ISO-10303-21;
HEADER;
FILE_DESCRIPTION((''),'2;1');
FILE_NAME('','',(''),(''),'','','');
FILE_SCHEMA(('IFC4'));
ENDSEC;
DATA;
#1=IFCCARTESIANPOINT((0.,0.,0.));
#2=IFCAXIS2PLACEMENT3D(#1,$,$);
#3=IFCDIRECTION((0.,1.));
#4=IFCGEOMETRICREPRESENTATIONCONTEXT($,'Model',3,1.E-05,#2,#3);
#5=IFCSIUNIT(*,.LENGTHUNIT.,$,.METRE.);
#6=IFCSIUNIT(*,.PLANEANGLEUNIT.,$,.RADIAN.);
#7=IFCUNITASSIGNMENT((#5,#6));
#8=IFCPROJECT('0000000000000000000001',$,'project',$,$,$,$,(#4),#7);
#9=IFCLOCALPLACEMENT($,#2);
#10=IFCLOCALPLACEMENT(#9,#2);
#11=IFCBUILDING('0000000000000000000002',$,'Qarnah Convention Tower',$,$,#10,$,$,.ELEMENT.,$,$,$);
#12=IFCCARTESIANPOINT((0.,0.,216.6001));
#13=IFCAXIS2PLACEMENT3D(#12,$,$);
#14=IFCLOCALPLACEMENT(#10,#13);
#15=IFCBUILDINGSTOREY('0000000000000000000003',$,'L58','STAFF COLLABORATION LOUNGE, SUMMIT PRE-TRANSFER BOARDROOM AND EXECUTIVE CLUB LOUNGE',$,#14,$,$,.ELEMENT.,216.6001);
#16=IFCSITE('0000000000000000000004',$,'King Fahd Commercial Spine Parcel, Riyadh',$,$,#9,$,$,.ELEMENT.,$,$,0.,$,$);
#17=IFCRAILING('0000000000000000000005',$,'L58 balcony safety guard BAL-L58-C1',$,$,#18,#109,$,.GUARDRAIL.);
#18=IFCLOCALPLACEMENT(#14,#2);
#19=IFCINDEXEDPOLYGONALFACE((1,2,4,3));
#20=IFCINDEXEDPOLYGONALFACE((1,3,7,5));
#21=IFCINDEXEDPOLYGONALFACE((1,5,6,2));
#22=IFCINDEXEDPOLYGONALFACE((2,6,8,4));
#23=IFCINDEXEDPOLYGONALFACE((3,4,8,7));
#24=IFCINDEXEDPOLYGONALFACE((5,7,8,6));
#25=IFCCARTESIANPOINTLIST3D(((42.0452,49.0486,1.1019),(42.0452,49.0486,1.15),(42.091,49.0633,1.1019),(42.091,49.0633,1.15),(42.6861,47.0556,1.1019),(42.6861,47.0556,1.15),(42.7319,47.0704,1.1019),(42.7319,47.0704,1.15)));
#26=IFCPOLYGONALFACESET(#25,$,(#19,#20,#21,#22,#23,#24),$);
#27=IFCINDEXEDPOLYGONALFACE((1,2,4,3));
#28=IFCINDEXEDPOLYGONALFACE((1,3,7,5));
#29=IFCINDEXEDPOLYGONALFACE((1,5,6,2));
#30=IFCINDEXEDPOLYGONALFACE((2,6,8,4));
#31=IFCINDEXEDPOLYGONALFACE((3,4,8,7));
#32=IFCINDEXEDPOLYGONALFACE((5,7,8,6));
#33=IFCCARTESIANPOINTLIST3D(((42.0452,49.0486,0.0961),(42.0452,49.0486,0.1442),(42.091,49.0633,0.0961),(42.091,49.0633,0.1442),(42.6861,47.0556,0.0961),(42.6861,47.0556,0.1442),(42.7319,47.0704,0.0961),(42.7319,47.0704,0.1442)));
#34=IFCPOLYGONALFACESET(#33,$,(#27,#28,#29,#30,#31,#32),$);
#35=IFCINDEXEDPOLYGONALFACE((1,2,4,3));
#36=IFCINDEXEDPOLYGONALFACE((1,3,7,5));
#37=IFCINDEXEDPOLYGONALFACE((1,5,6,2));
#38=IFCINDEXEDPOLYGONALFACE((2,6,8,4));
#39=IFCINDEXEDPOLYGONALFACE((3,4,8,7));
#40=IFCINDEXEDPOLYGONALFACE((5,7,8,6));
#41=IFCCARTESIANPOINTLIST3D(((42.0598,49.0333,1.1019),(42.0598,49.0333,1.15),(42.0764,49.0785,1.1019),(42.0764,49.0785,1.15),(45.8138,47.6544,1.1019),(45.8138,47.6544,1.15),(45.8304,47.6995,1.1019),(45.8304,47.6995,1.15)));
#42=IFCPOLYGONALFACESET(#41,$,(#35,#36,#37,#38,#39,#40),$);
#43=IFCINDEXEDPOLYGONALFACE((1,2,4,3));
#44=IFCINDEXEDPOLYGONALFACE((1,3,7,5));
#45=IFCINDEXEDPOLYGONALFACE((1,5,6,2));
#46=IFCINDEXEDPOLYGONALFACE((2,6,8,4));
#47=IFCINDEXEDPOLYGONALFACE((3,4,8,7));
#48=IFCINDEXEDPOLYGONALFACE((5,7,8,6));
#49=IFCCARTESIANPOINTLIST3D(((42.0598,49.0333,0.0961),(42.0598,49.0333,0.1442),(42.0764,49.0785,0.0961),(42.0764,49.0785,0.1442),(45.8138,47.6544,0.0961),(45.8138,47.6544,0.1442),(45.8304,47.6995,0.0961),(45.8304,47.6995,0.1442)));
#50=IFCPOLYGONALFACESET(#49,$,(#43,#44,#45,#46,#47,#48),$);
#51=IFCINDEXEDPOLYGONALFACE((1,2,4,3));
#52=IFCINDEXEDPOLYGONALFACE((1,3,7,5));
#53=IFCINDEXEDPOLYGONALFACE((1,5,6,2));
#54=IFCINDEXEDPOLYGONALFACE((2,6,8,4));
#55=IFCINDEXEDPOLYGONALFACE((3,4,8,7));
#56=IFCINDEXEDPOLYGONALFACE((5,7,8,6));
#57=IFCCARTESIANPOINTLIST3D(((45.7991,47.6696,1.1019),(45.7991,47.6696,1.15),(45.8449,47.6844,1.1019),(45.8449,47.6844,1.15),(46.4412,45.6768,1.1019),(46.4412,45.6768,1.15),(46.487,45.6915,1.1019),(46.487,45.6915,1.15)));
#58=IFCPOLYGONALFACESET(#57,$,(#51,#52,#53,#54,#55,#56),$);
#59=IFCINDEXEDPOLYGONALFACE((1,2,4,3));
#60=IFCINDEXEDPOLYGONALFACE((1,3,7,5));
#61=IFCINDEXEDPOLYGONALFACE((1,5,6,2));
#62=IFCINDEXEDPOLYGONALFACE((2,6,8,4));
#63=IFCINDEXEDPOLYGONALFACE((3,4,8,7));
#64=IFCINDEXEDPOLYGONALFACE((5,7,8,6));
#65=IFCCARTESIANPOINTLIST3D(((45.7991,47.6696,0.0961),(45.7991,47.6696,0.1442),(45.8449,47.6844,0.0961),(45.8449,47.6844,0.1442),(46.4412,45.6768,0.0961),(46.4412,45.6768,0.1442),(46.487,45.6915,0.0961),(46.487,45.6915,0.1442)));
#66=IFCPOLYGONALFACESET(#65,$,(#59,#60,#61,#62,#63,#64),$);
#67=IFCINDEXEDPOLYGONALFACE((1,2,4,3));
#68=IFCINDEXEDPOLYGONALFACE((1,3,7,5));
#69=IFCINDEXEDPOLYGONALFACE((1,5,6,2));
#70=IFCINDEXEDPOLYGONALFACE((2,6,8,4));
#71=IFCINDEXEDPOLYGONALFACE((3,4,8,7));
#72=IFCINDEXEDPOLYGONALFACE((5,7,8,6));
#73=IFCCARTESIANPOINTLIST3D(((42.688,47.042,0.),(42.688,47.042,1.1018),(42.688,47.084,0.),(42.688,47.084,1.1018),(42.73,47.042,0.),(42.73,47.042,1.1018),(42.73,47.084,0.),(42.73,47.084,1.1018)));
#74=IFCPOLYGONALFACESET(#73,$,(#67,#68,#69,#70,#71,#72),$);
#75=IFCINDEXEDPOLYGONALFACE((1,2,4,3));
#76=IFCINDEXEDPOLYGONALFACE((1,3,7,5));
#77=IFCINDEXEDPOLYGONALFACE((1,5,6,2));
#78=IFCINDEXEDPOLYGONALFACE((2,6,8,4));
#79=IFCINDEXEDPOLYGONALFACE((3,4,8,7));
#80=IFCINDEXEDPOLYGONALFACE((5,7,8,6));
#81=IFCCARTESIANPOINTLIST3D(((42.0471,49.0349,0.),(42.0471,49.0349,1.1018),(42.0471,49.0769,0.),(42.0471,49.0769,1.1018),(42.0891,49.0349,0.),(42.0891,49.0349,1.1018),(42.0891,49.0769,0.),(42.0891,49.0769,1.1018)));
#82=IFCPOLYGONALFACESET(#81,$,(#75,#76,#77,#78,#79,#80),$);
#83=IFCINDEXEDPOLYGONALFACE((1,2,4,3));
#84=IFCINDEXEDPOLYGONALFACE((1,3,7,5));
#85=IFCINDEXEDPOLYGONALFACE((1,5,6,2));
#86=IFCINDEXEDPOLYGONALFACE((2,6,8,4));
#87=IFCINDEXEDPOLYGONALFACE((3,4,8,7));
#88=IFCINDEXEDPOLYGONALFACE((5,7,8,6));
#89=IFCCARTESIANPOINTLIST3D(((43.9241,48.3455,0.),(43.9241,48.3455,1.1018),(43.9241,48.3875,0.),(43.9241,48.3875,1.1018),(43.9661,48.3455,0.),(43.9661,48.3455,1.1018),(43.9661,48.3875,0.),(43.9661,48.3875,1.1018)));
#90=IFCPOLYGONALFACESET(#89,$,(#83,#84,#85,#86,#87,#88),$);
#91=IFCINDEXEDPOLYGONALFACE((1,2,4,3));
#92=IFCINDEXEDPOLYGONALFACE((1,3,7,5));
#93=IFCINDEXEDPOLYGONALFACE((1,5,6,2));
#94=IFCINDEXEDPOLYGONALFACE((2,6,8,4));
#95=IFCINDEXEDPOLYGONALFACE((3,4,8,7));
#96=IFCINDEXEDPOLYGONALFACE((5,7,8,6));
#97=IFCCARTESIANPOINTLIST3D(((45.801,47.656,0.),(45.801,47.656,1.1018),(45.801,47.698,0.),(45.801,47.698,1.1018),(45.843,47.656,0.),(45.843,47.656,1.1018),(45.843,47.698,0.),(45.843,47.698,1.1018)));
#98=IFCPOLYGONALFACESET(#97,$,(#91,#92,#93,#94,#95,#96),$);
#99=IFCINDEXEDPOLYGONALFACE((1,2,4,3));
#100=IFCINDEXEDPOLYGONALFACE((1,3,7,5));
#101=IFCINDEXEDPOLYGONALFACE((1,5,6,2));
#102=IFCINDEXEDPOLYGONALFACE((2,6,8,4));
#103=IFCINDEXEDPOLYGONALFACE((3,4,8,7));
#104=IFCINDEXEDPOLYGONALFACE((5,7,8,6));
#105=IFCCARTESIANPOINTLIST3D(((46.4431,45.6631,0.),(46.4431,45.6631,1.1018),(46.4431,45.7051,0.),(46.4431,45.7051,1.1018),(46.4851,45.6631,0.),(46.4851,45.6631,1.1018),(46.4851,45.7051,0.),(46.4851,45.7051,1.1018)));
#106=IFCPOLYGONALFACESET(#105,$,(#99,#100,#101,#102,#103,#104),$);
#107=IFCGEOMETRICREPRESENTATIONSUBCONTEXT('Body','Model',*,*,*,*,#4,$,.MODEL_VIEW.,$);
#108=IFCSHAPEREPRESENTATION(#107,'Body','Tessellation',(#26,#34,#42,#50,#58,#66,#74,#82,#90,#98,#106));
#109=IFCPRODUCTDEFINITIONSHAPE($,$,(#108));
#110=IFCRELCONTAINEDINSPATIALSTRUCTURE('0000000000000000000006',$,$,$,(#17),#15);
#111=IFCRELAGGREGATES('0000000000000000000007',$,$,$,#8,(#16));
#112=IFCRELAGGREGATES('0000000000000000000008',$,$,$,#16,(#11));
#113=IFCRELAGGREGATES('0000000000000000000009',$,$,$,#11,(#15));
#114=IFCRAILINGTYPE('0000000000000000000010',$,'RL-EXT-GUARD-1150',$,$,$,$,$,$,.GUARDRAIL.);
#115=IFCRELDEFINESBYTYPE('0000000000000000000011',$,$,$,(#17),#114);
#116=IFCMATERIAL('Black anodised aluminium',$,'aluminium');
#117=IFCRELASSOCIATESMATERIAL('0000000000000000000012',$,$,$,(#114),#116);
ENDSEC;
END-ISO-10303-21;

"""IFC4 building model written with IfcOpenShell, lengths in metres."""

from ifc_helpers import new_model, si_unit, direction, frame, origin, origin_2d, place, context, subcontext, project, spatial, rectangle, extrude, material, type_object, element, save


model = new_model("IFC4")

# Units and contexts
model_context = context("Model", 3, precision=1e-05, world=origin(), true_north=direction((0.0, 1.0)))
body_context = subcontext(model_context, "Body", "Model", "MODEL_VIEW")
ifc_project = project(units=[si_unit("LENGTHUNIT", "METRE"), si_unit("PLANEANGLEUNIT", "RADIAN")], contexts=[model_context])

# Site, building, storey
site_placement = place(None, origin())
site = spatial("IfcSite", under=ifc_project, at=site_placement, Name="King Fahd Commercial Spine Parcel, Riyadh", CompositionType="ELEMENT", RefElevation=0.0)
building_placement = place(site_placement, origin())
building = spatial("IfcBuilding", under=site, at=building_placement, Name="Qarnah Convention Tower", CompositionType="ELEMENT")
storey_placement = place(building_placement, frame((0.0, 0.0, 216.6001)))
storey = spatial("IfcBuildingStorey", under=building, at=storey_placement, Name="L58", Description="STAFF COLLABORATION LOUNGE, SUMMIT PRE-TRANSFER BOARDROOM AND EXECUTIVE CLUB LOUNGE", CompositionType="ELEMENT", Elevation=216.6001)

# Shared definitions
ifc_material_1 = material(Name="Black anodised aluminium", Category="aluminium")

# Railing
railing_type = type_object("IfcRailingType", Name="RL-EXT-GUARD-1150", PredefinedType="GUARDRAIL", material=ifc_material_1)
railing_1_placement = place(storey_placement, frame((42.709, 47.063, 0.0)))
element("IfcRailing", 1, at=railing_1_placement, inside=storey, type_object=railing_type, Name="L58 balcony safety guard BAL-L58-C1", PredefinedType="GUARDRAIL", context=body_context, shape_type="SweptSolid", body=[
    extrude(rectangle(XDim=0.0481, YDim=0.0481, at=origin_2d()), frame((0.0, 0.0, 1.126), z_axis=(-0.306134, 0.951989, 0.0), x_axis=(-0.951989, -0.306134, 0.0)), (0.0, 0.0, 1.0), 2.0935),
    extrude(rectangle(XDim=0.0481, YDim=0.0481, at=origin_2d()), frame((0.0, 0.0, 0.1201), z_axis=(-0.306134, 0.951989, 0.0), x_axis=(-0.951989, -0.306134, 0.0)), (0.0, 0.0, 1.0), 2.0935),
    extrude(rectangle(XDim=0.0481, YDim=0.0481, at=origin_2d()), frame((-0.6409, 1.9929, 1.126), z_axis=(0.938676, -0.3448, 0.0), x_axis=(0.3448, 0.938676, 0.0)), (0.0, 0.0, 1.0), 3.9993),
    extrude(rectangle(XDim=0.0481, YDim=0.0481, at=origin_2d()), frame((-0.6409, 1.9929, 0.1201), z_axis=(0.938676, -0.3448, 0.0), x_axis=(0.3448, 0.938676, 0.0)), (0.0, 0.0, 1.0), 3.9993),
    extrude(rectangle(XDim=0.0481, YDim=0.0481, at=origin_2d()), frame((3.113, 0.614, 1.126), z_axis=(0.306662, -0.951818, 0.0), x_axis=(0.951818, 0.306662, 0.0)), (0.0, 0.0, 1.0), 2.0938),
    extrude(rectangle(XDim=0.0481, YDim=0.0481, at=origin_2d()), frame((3.113, 0.614, 0.1201), z_axis=(0.306662, -0.951818, 0.0), x_axis=(0.951818, 0.306662, 0.0)), (0.0, 0.0, 1.0), 2.0938),
    extrude(rectangle(XDim=0.042, YDim=0.042, at=origin_2d()), origin(), (0.0, 0.0, 1.0), 1.1018),
    extrude(rectangle(XDim=0.042, YDim=0.042, at=origin_2d()), frame((-0.6409, 1.9929, 0.0)), (0.0, 0.0, 1.0), 1.1018),
    extrude(rectangle(XDim=0.042, YDim=0.042, at=origin_2d()), frame((1.2361, 1.3035, 0.0)), (0.0, 0.0, 1.0), 1.1018),
    extrude(rectangle(XDim=0.042, YDim=0.042, at=origin_2d()), frame((3.113, 0.614, 0.0)), (0.0, 0.0, 1.0), 1.1018),
    extrude(rectangle(XDim=0.042, YDim=0.042, at=origin_2d()), frame((3.7551, -1.3789, 0.0)), (0.0, 0.0, 1.0), 1.1018),
])

save(model, "model.ifc")
